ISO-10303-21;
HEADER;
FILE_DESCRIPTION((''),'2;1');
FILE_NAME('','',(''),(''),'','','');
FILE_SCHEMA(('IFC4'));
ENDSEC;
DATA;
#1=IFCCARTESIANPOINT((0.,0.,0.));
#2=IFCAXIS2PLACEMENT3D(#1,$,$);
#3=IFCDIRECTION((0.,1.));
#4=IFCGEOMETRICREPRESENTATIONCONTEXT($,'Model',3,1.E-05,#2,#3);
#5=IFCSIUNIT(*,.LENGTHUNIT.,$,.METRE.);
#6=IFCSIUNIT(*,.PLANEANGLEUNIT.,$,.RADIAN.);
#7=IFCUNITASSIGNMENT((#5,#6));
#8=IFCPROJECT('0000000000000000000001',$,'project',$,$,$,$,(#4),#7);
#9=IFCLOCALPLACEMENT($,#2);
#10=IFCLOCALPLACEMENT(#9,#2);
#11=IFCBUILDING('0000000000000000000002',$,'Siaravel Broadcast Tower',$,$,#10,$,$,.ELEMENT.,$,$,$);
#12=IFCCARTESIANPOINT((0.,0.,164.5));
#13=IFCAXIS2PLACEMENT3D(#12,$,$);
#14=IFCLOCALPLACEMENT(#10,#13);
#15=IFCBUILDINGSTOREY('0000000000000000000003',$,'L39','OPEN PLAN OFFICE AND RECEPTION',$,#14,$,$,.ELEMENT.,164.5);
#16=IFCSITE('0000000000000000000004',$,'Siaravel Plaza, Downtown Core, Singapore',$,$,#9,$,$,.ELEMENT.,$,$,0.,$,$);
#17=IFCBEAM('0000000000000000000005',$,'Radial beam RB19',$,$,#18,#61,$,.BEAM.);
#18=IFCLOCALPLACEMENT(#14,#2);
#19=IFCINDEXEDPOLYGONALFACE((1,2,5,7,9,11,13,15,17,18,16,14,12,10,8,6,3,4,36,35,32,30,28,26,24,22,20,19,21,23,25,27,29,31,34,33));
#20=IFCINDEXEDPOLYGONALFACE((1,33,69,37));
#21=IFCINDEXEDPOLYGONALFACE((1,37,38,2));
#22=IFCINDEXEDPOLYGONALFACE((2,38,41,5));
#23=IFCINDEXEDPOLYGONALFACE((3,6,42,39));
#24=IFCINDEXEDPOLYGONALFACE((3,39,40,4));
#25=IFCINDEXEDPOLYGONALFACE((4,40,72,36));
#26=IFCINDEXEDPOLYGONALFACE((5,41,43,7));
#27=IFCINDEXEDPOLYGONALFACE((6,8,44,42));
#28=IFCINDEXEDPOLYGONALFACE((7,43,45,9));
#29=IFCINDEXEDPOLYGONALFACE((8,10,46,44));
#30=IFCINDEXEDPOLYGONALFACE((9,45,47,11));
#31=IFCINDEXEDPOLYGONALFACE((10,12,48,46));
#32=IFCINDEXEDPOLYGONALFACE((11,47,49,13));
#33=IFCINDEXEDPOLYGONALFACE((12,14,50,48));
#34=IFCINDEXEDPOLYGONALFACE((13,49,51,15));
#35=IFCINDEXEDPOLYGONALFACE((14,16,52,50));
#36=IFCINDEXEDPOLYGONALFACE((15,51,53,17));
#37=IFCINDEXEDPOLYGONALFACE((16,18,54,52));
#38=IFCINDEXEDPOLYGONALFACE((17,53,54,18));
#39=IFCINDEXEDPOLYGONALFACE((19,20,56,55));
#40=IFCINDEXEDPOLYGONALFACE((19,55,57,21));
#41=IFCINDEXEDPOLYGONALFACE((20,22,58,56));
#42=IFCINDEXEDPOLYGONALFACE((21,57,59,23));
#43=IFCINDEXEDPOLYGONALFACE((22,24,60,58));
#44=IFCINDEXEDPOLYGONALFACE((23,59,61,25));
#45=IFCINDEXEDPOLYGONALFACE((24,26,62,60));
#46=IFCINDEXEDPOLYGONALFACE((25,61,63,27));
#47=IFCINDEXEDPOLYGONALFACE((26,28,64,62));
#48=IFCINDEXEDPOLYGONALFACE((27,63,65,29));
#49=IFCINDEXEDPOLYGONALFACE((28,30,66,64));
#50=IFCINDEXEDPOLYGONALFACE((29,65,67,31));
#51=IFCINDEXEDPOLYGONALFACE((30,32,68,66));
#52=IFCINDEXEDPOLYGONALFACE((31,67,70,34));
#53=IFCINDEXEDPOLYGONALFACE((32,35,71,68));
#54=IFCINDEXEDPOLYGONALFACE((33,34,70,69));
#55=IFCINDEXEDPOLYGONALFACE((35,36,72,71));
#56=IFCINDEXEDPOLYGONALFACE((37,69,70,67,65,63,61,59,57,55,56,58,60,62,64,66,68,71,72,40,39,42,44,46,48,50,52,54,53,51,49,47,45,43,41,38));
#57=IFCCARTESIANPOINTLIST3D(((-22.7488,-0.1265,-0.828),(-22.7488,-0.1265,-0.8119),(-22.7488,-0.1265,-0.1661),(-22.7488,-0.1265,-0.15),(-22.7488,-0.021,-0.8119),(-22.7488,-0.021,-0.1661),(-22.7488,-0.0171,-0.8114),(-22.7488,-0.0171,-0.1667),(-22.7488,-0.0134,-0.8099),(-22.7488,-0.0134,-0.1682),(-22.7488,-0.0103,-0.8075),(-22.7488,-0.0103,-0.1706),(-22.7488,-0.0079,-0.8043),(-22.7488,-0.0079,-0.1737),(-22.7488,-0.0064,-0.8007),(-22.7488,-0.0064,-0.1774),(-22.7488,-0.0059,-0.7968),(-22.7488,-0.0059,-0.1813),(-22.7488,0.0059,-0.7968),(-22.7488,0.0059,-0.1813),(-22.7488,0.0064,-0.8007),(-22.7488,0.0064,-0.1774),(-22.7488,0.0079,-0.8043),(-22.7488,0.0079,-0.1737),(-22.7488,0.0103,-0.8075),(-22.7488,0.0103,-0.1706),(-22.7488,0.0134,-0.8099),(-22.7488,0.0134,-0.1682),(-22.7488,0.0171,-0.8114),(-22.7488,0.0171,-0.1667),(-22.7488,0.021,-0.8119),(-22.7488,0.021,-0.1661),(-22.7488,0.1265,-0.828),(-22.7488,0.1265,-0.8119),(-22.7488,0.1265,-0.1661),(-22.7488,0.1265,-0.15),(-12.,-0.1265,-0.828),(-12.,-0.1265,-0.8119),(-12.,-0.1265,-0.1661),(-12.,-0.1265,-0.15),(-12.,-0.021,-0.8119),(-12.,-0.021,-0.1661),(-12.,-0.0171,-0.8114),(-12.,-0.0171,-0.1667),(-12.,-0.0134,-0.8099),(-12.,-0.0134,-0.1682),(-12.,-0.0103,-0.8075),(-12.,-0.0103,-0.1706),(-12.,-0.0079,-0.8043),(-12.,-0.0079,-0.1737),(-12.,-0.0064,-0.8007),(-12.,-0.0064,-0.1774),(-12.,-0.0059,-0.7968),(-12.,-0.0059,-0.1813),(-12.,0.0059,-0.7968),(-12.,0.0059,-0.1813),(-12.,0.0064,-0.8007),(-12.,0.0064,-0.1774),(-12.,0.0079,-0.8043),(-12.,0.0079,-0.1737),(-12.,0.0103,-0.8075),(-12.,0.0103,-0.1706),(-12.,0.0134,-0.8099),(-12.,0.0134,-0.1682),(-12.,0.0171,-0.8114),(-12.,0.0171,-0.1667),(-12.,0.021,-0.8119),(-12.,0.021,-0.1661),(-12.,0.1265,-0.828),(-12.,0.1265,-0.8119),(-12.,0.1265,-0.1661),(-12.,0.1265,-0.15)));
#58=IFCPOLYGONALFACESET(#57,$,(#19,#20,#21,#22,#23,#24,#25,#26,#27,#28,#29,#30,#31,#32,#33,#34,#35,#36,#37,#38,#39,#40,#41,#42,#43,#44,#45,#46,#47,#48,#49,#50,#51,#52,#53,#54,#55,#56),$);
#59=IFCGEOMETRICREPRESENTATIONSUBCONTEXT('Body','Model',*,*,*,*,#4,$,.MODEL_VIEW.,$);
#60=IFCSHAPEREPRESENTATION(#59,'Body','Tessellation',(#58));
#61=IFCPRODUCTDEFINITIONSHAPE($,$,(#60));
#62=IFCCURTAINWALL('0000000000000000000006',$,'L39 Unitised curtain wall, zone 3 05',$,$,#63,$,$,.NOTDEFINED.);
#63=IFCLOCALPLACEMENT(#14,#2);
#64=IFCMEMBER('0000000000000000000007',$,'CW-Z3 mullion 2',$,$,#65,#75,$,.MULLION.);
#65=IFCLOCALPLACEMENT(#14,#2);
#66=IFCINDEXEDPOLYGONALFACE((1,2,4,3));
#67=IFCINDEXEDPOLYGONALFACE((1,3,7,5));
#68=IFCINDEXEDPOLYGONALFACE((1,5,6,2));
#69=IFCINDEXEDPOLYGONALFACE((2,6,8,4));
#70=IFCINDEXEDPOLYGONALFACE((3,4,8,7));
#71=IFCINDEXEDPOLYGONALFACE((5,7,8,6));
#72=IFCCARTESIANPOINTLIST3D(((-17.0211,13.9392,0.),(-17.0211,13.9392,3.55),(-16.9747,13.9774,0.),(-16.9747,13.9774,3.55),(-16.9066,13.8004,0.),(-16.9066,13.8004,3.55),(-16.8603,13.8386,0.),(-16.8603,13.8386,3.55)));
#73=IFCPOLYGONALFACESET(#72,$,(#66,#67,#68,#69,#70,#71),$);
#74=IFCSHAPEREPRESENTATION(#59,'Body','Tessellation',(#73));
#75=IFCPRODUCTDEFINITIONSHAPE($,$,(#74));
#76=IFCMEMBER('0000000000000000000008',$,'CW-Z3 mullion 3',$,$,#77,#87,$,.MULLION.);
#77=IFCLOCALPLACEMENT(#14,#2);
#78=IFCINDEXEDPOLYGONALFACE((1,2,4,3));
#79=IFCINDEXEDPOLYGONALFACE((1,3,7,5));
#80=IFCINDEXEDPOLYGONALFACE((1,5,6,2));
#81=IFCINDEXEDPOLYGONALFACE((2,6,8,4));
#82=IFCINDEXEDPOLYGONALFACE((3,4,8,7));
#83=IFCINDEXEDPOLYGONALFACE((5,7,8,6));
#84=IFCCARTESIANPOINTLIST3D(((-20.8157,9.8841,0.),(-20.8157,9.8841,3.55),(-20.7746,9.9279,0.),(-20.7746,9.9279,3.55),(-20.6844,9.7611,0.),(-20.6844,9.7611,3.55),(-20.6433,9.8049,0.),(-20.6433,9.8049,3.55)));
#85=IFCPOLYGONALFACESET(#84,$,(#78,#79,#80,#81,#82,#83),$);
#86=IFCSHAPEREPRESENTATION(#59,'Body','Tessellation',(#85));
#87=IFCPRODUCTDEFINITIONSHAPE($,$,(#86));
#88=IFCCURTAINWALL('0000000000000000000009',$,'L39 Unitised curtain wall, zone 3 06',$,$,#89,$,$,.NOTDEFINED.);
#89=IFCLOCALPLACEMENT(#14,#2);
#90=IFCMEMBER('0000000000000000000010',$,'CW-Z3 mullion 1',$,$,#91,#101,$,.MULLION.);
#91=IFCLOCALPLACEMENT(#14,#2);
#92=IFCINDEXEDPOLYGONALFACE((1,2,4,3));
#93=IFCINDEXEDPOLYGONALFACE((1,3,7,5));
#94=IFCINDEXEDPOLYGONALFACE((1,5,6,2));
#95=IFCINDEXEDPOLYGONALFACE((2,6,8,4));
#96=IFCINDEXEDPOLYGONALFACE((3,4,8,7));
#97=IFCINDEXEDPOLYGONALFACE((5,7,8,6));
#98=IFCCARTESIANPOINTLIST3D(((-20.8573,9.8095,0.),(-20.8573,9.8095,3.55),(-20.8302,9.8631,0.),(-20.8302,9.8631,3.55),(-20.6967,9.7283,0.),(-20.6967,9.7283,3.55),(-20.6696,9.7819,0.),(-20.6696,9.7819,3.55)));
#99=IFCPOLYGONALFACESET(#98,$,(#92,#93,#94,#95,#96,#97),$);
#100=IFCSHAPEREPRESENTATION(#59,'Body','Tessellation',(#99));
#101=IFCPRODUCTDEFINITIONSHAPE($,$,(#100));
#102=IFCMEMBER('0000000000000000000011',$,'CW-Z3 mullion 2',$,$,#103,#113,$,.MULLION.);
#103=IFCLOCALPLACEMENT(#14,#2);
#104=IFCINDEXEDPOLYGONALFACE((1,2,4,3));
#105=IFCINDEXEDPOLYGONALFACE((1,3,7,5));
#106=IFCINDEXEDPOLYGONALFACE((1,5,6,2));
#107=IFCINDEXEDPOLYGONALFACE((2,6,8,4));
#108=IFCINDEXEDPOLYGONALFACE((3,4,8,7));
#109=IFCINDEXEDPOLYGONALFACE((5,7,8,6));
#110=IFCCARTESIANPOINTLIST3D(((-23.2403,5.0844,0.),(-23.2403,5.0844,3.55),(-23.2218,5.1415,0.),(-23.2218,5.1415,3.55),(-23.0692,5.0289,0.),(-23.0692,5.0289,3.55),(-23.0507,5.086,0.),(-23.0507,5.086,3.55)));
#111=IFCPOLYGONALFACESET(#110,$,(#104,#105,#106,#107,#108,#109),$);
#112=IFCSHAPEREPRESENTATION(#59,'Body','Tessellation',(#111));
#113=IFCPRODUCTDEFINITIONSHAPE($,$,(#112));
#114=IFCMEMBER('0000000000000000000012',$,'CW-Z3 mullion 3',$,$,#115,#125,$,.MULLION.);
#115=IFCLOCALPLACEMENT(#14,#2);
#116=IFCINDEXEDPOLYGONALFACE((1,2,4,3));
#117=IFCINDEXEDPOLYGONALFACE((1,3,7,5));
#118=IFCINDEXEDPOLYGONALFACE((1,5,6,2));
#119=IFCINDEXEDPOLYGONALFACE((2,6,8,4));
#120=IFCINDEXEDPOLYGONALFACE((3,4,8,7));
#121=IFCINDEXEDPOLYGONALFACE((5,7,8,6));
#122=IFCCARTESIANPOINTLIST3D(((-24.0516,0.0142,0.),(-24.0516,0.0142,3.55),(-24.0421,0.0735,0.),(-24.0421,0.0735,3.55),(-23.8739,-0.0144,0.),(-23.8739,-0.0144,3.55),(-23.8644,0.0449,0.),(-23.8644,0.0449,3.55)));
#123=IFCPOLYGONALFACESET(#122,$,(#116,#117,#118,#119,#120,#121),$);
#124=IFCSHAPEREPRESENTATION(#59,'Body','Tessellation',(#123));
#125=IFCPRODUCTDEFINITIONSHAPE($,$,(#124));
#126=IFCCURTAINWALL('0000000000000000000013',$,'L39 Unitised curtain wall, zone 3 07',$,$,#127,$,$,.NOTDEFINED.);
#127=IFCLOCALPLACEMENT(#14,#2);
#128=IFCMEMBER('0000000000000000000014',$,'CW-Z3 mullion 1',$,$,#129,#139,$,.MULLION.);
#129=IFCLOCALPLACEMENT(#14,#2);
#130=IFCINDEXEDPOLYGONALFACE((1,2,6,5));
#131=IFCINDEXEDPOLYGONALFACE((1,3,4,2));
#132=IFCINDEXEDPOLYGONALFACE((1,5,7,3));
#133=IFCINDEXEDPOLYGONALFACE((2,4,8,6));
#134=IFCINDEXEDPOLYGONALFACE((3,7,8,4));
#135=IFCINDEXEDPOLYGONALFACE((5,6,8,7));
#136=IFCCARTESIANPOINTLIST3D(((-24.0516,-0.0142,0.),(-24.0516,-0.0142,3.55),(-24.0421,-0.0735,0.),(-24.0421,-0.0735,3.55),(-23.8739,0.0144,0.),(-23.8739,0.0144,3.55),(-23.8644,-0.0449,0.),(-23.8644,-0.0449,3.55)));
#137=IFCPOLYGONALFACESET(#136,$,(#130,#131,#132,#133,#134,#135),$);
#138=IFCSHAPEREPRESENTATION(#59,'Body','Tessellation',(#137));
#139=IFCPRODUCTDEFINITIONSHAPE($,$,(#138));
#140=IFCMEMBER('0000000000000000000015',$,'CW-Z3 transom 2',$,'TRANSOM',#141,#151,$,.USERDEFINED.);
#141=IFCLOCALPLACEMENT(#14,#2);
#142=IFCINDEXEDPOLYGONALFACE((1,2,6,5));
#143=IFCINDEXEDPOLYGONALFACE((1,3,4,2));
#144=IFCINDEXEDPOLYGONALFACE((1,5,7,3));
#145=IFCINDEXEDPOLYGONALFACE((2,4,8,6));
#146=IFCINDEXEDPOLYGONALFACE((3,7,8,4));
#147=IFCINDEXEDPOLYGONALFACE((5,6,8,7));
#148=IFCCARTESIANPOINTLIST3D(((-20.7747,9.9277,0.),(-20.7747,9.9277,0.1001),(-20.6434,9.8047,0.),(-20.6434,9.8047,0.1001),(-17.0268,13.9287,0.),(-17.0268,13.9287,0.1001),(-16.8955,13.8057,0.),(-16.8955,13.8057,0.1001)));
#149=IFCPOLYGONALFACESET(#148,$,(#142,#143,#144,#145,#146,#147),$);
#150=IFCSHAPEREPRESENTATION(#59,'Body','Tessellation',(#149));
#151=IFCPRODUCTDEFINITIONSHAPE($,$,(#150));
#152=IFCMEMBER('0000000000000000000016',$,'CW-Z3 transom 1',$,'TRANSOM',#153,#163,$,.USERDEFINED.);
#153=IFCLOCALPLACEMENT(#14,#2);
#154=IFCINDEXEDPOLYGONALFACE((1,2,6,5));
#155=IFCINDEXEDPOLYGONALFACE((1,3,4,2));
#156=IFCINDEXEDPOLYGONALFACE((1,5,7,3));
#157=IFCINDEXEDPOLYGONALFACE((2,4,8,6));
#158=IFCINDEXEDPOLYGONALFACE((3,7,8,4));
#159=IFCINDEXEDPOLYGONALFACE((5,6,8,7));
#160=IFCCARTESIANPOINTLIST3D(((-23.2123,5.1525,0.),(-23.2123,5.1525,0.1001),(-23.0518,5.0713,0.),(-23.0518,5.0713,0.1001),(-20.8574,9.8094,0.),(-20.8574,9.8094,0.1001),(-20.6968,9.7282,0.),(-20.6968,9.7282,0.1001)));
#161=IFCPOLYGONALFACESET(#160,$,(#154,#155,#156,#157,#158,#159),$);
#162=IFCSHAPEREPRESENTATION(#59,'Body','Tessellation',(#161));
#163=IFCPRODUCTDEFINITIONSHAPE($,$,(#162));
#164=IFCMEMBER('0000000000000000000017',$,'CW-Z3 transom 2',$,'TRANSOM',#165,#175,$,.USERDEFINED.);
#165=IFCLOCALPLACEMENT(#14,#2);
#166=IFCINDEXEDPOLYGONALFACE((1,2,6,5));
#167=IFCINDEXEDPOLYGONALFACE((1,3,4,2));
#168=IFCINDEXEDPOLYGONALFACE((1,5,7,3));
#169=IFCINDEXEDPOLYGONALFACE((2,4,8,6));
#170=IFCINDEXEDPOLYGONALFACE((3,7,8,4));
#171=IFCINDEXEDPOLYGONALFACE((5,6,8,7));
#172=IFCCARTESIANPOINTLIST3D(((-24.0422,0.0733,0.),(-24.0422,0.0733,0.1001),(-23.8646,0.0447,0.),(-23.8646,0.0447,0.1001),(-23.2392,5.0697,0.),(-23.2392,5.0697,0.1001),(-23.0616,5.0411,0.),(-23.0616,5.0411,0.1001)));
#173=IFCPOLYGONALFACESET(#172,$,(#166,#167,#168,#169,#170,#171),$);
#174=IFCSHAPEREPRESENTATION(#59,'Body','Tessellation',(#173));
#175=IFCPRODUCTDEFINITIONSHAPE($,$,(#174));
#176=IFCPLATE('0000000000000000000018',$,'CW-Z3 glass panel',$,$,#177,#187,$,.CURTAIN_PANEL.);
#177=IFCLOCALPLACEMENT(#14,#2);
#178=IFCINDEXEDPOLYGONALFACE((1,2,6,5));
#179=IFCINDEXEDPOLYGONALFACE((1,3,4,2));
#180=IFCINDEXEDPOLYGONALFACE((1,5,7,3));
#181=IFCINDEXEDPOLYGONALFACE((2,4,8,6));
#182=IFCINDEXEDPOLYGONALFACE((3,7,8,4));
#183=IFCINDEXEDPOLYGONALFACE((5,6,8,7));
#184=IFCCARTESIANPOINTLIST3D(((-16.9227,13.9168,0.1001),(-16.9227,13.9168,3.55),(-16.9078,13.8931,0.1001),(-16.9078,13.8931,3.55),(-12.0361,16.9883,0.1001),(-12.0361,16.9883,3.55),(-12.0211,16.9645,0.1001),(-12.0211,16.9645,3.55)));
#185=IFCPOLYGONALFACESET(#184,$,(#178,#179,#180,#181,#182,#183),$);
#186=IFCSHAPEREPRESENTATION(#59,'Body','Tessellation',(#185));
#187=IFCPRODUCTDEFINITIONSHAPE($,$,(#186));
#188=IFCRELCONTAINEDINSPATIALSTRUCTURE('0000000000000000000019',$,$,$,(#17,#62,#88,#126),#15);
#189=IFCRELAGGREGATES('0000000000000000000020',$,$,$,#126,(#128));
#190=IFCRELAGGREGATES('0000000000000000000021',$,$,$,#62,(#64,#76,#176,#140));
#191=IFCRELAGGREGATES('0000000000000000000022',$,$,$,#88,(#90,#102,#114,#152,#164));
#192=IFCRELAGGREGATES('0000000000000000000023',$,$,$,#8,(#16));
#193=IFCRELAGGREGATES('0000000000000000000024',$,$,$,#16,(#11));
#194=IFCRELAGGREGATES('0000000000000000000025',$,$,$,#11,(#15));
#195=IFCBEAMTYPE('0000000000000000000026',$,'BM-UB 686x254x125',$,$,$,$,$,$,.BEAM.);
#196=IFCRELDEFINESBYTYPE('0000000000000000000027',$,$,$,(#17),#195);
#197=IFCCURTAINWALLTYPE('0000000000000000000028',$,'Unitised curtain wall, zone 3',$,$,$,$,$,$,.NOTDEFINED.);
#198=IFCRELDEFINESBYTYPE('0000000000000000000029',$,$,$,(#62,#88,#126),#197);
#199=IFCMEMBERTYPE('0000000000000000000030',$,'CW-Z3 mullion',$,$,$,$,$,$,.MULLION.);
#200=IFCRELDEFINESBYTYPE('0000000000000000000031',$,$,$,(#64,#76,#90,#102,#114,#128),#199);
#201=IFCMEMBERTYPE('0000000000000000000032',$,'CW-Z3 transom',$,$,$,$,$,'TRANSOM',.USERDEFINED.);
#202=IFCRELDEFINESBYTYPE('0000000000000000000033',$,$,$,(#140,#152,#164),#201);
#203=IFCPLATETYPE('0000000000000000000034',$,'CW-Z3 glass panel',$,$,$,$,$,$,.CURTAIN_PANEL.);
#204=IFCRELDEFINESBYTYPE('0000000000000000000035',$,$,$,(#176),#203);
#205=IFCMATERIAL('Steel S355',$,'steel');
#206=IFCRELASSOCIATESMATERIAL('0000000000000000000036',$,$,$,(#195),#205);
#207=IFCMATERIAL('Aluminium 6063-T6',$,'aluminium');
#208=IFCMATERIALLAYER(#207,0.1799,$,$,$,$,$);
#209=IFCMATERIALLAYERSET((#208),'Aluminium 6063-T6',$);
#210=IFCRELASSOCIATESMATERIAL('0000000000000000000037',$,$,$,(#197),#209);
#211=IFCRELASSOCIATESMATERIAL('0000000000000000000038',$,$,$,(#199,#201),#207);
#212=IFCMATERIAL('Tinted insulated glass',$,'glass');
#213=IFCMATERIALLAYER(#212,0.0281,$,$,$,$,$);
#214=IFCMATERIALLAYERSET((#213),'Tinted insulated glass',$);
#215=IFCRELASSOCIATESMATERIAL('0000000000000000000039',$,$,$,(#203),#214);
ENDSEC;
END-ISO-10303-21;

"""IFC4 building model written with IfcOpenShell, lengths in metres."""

from ifc_helpers import new_model, si_unit, direction, frame, origin, origin_2d, place, context, subcontext, project, spatial, rectangle, i_section, extrude, material, layer, layer_set, material_profile, profile_set, type_object, element, aggregate, save


model = new_model("IFC4")

# Units and contexts
model_context = context("Model", 3, precision=1e-05, world=origin(), true_north=direction((0.0, 1.0)))
body_context = subcontext(model_context, "Body", "Model", "MODEL_VIEW")
ifc_project = project(units=[si_unit("LENGTHUNIT", "METRE"), si_unit("PLANEANGLEUNIT", "RADIAN")], contexts=[model_context])

# Site, building, storey
site_placement = place(None, origin())
site = spatial("IfcSite", under=ifc_project, at=site_placement, Name="Siaravel Plaza, Downtown Core, Singapore", CompositionType="ELEMENT", RefElevation=0.0)
building_placement = place(site_placement, origin())
building = spatial("IfcBuilding", under=site, at=building_placement, Name="Siaravel Broadcast Tower", CompositionType="ELEMENT")
storey_placement = place(building_placement, frame((0.0, 0.0, 164.5)))
storey = spatial("IfcBuildingStorey", under=building, at=storey_placement, Name="L39", Description="OPEN PLAN OFFICE AND RECEPTION", CompositionType="ELEMENT", Elevation=164.5)

# Beam
ifc_material_1 = material(Name="Steel S355", Category="steel")
ifc_material_profile_1 = material_profile(ifc_material_1, i_section(OverallWidth=0.2529, OverallDepth=0.678, WebThickness=0.0117, FlangeThickness=0.0161, FilletRadius=0.0151, at=origin_2d()))
ifc_profile_set_1 = profile_set([ifc_material_profile_1], Name="Steel S355")
beam_type = type_object("IfcBeamType", Name="BM-UB 686x254x125", PredefinedType="BEAM", material=ifc_profile_set_1)
beam_1_placement = place(storey_placement, frame((-22.7488, 0.0, -0.489), z_axis=(1.0, 0.0, 0.0), x_axis=(0.0, 1.0, 0.0)))
element("IfcBeam", 1, at=beam_1_placement, inside=storey, type_object=beam_type, Name="Radial beam RB19", PredefinedType="BEAM", context=body_context, shape_type="SweptSolid", body=[
    extrude(i_section(OverallWidth=0.2529, OverallDepth=0.678, WebThickness=0.0117, FlangeThickness=0.0161, FilletRadius=0.0151, at=origin_2d()), origin(), (0.0, 0.0, 1.0), 10.7488),
])

# Curtain walls, members
ifc_material_2 = material(Name="Aluminium 6063-T6", Category="aluminium")
ifc_layer_1 = layer(ifc_material_2, 0.1799)
ifc_layer_set_1 = layer_set([ifc_layer_1], Name="Aluminium 6063-T6")
curtain_wall_type = type_object("IfcCurtainWallType", Name="Unitised curtain wall, zone 3", PredefinedType="NOTDEFINED", material=ifc_layer_set_1)
curtain_wall_1_placement = place(storey_placement, origin())
curtain_wall_1 = element("IfcCurtainWall", 2, at=curtain_wall_1_placement, inside=storey, type_object=curtain_wall_type, Name="L39 Unitised curtain wall, zone 3 05", PredefinedType="NOTDEFINED")
ifc_material_profile_2 = material_profile(ifc_material_2, rectangle(XDim=0.1799, YDim=0.0601, at=origin_2d()))
ifc_profile_set_2 = profile_set([ifc_material_profile_2], Name="Aluminium 6063-T6")
member_type_1 = type_object("IfcMemberType", Name="CW-Z3 mullion", PredefinedType="MULLION", material=ifc_profile_set_2)
member_1_placement = place(storey_placement, frame((-16.9407, 13.8889, 0.0), z_axis=(0.0, 0.0, 1.0), x_axis=(0.63622, -0.771508, 0.0)))
member_1 = element("IfcMember", 3, at=member_1_placement, type_object=member_type_1, Name="CW-Z3 mullion 2", PredefinedType="MULLION", context=body_context, shape_type="SweptSolid", body=[
    extrude(rectangle(XDim=0.1799, YDim=0.0601, at=origin_2d()), origin(), (0.0, 0.0, 1.0), 3.55),
])
member_2_placement = place(storey_placement, frame((-20.7295, 9.8445, 0.0), z_axis=(0.0, 0.0, 1.0), x_axis=(0.729806, -0.683654, 0.0)))
member_2 = element("IfcMember", 4, at=member_2_placement, type_object=member_type_1, Name="CW-Z3 mullion 3", PredefinedType="MULLION", context=body_context, shape_type="SweptSolid", body=[
    extrude(rectangle(XDim=0.1799, YDim=0.0601, at=origin_2d()), origin(), (0.0, 0.0, 1.0), 3.55),
])
curtain_wall_2_placement = place(storey_placement, origin())
curtain_wall_2 = element("IfcCurtainWall", 5, at=curtain_wall_2_placement, inside=storey, type_object=curtain_wall_type, Name="L39 Unitised curtain wall, zone 3 06", PredefinedType="NOTDEFINED")
member_3_placement = place(storey_placement, frame((-20.7634, 9.7957, 0.0), z_axis=(0.0, 0.0, 1.0), x_axis=(0.892393, -0.45126, 0.0)))
member_3 = element("IfcMember", 6, at=member_3_placement, type_object=member_type_1, Name="CW-Z3 mullion 1", PredefinedType="MULLION", context=body_context, shape_type="SweptSolid", body=[
    extrude(rectangle(XDim=0.1799, YDim=0.0601, at=origin_2d()), origin(), (0.0, 0.0, 1.0), 3.55),
])
member_4_placement = place(storey_placement, frame((-23.1455, 5.0852, 0.0), z_axis=(0.0, 0.0, 1.0), x_axis=(0.951177, -0.308645, 0.0)))
member_4 = element("IfcMember", 7, at=member_4_placement, type_object=member_type_1, Name="CW-Z3 mullion 2", PredefinedType="MULLION", context=body_context, shape_type="SweptSolid", body=[
    extrude(rectangle(XDim=0.1799, YDim=0.0601, at=origin_2d()), origin(), (0.0, 0.0, 1.0), 3.55),
])
member_5_placement = place(storey_placement, frame((-23.958, 0.0295, 0.0), z_axis=(0.0, 0.0, 1.0), x_axis=(0.987329, -0.158685, 0.0)))
member_5 = element("IfcMember", 8, at=member_5_placement, type_object=member_type_1, Name="CW-Z3 mullion 3", PredefinedType="MULLION", context=body_context, shape_type="SweptSolid", body=[
    extrude(rectangle(XDim=0.1799, YDim=0.0601, at=origin_2d()), origin(), (0.0, 0.0, 1.0), 3.55),
])

# Curtain wall, member
curtain_wall_3_placement = place(storey_placement, origin())
curtain_wall_3 = element("IfcCurtainWall", 9, at=curtain_wall_3_placement, inside=storey, type_object=curtain_wall_type, Name="L39 Unitised curtain wall, zone 3 07", PredefinedType="NOTDEFINED")
member_6_placement = place(storey_placement, frame((-23.958, -0.0295, 0.0), z_axis=(0.0, 0.0, 1.0), x_axis=(0.987329, 0.158685, 0.0)))
member_6 = element("IfcMember", 10, at=member_6_placement, type_object=member_type_1, Name="CW-Z3 mullion 1", PredefinedType="MULLION", context=body_context, shape_type="SweptSolid", body=[
    extrude(rectangle(XDim=0.1799, YDim=0.0601, at=origin_2d()), origin(), (0.0, 0.0, 1.0), 3.55),
])
aggregate(curtain_wall_3, [member_6])

# Members
ifc_material_profile_3 = material_profile(ifc_material_2, rectangle(XDim=0.1799, YDim=0.1001, at=origin_2d()))
ifc_profile_set_3 = profile_set([ifc_material_profile_3], Name="Aluminium 6063-T6")
member_type_2 = type_object("IfcMemberType", Name="CW-Z3 transom", ElementType="TRANSOM", PredefinedType="USERDEFINED", material=ifc_profile_set_3)
member_7_placement = place(storey_placement, frame((-16.9612, 13.8672, 0.05), z_axis=(-0.683639, -0.72982, 0.0), x_axis=(0.72982, -0.683639, 0.0)))
member_7 = element("IfcMember", 11, at=member_7_placement, type_object=member_type_2, Name="CW-Z3 transom 2", ObjectType="TRANSOM", PredefinedType="USERDEFINED", context=body_context, shape_type="SweptSolid", body=[
    extrude(rectangle(XDim=0.1799, YDim=0.1001, at=origin_2d()), origin(), (0.0, 0.0, 1.0), 5.4822),
])
member_8_placement = place(storey_placement, frame((-20.7771, 9.7688, 0.05), z_axis=(-0.45127, -0.892388, 0.0), x_axis=(0.892388, -0.45127, 0.0)))
member_8 = element("IfcMember", 12, at=member_8_placement, type_object=member_type_2, Name="CW-Z3 transom 1", ObjectType="TRANSOM", PredefinedType="USERDEFINED", context=body_context, shape_type="SweptSolid", body=[
    extrude(rectangle(XDim=0.1799, YDim=0.1001, at=origin_2d()), origin(), (0.0, 0.0, 1.0), 5.2185),
])
member_9_placement = place(storey_placement, frame((-23.1504, 5.0554, 0.05), z_axis=(-0.158677, -0.987331, 0.0), x_axis=(0.987331, -0.158677, 0.0)))
member_9 = element("IfcMember", 13, at=member_9_placement, type_object=member_type_2, Name="CW-Z3 transom 2", ObjectType="TRANSOM", PredefinedType="USERDEFINED", context=body_context, shape_type="SweptSolid", body=[
    extrude(rectangle(XDim=0.1799, YDim=0.1001, at=origin_2d()), origin(), (0.0, 0.0, 1.0), 5.0605),
])

# Plate
ifc_material_3 = material(Name="Tinted insulated glass", Category="glass")
ifc_layer_2 = layer(ifc_material_3, 0.0281)
ifc_layer_set_2 = layer_set([ifc_layer_2], Name="Tinted insulated glass")
plate_type = type_object("IfcPlateType", Name="CW-Z3 glass panel", PredefinedType="CURTAIN_PANEL", material=ifc_layer_set_2)
plate_1_placement = place(storey_placement, frame((-14.4719, 15.4407, 0.1001), z_axis=(0.0, 0.0, 1.0), x_axis=(-0.84665, -0.53215, 0.0)))
plate_1 = element("IfcPlate", 14, at=plate_1_placement, type_object=plate_type, Name="CW-Z3 glass panel", PredefinedType="CURTAIN_PANEL", context=body_context, shape_type="SweptSolid", body=[
    extrude(rectangle(XDim=5.7717, YDim=0.0281, at=origin_2d()), origin(), (0.0, 0.0, 1.0), 3.45),
])
aggregate(curtain_wall_1, [member_1, member_2, plate_1, member_7])
aggregate(curtain_wall_2, [member_3, member_4, member_5, member_8, member_9])

save(model, "model.ifc")
